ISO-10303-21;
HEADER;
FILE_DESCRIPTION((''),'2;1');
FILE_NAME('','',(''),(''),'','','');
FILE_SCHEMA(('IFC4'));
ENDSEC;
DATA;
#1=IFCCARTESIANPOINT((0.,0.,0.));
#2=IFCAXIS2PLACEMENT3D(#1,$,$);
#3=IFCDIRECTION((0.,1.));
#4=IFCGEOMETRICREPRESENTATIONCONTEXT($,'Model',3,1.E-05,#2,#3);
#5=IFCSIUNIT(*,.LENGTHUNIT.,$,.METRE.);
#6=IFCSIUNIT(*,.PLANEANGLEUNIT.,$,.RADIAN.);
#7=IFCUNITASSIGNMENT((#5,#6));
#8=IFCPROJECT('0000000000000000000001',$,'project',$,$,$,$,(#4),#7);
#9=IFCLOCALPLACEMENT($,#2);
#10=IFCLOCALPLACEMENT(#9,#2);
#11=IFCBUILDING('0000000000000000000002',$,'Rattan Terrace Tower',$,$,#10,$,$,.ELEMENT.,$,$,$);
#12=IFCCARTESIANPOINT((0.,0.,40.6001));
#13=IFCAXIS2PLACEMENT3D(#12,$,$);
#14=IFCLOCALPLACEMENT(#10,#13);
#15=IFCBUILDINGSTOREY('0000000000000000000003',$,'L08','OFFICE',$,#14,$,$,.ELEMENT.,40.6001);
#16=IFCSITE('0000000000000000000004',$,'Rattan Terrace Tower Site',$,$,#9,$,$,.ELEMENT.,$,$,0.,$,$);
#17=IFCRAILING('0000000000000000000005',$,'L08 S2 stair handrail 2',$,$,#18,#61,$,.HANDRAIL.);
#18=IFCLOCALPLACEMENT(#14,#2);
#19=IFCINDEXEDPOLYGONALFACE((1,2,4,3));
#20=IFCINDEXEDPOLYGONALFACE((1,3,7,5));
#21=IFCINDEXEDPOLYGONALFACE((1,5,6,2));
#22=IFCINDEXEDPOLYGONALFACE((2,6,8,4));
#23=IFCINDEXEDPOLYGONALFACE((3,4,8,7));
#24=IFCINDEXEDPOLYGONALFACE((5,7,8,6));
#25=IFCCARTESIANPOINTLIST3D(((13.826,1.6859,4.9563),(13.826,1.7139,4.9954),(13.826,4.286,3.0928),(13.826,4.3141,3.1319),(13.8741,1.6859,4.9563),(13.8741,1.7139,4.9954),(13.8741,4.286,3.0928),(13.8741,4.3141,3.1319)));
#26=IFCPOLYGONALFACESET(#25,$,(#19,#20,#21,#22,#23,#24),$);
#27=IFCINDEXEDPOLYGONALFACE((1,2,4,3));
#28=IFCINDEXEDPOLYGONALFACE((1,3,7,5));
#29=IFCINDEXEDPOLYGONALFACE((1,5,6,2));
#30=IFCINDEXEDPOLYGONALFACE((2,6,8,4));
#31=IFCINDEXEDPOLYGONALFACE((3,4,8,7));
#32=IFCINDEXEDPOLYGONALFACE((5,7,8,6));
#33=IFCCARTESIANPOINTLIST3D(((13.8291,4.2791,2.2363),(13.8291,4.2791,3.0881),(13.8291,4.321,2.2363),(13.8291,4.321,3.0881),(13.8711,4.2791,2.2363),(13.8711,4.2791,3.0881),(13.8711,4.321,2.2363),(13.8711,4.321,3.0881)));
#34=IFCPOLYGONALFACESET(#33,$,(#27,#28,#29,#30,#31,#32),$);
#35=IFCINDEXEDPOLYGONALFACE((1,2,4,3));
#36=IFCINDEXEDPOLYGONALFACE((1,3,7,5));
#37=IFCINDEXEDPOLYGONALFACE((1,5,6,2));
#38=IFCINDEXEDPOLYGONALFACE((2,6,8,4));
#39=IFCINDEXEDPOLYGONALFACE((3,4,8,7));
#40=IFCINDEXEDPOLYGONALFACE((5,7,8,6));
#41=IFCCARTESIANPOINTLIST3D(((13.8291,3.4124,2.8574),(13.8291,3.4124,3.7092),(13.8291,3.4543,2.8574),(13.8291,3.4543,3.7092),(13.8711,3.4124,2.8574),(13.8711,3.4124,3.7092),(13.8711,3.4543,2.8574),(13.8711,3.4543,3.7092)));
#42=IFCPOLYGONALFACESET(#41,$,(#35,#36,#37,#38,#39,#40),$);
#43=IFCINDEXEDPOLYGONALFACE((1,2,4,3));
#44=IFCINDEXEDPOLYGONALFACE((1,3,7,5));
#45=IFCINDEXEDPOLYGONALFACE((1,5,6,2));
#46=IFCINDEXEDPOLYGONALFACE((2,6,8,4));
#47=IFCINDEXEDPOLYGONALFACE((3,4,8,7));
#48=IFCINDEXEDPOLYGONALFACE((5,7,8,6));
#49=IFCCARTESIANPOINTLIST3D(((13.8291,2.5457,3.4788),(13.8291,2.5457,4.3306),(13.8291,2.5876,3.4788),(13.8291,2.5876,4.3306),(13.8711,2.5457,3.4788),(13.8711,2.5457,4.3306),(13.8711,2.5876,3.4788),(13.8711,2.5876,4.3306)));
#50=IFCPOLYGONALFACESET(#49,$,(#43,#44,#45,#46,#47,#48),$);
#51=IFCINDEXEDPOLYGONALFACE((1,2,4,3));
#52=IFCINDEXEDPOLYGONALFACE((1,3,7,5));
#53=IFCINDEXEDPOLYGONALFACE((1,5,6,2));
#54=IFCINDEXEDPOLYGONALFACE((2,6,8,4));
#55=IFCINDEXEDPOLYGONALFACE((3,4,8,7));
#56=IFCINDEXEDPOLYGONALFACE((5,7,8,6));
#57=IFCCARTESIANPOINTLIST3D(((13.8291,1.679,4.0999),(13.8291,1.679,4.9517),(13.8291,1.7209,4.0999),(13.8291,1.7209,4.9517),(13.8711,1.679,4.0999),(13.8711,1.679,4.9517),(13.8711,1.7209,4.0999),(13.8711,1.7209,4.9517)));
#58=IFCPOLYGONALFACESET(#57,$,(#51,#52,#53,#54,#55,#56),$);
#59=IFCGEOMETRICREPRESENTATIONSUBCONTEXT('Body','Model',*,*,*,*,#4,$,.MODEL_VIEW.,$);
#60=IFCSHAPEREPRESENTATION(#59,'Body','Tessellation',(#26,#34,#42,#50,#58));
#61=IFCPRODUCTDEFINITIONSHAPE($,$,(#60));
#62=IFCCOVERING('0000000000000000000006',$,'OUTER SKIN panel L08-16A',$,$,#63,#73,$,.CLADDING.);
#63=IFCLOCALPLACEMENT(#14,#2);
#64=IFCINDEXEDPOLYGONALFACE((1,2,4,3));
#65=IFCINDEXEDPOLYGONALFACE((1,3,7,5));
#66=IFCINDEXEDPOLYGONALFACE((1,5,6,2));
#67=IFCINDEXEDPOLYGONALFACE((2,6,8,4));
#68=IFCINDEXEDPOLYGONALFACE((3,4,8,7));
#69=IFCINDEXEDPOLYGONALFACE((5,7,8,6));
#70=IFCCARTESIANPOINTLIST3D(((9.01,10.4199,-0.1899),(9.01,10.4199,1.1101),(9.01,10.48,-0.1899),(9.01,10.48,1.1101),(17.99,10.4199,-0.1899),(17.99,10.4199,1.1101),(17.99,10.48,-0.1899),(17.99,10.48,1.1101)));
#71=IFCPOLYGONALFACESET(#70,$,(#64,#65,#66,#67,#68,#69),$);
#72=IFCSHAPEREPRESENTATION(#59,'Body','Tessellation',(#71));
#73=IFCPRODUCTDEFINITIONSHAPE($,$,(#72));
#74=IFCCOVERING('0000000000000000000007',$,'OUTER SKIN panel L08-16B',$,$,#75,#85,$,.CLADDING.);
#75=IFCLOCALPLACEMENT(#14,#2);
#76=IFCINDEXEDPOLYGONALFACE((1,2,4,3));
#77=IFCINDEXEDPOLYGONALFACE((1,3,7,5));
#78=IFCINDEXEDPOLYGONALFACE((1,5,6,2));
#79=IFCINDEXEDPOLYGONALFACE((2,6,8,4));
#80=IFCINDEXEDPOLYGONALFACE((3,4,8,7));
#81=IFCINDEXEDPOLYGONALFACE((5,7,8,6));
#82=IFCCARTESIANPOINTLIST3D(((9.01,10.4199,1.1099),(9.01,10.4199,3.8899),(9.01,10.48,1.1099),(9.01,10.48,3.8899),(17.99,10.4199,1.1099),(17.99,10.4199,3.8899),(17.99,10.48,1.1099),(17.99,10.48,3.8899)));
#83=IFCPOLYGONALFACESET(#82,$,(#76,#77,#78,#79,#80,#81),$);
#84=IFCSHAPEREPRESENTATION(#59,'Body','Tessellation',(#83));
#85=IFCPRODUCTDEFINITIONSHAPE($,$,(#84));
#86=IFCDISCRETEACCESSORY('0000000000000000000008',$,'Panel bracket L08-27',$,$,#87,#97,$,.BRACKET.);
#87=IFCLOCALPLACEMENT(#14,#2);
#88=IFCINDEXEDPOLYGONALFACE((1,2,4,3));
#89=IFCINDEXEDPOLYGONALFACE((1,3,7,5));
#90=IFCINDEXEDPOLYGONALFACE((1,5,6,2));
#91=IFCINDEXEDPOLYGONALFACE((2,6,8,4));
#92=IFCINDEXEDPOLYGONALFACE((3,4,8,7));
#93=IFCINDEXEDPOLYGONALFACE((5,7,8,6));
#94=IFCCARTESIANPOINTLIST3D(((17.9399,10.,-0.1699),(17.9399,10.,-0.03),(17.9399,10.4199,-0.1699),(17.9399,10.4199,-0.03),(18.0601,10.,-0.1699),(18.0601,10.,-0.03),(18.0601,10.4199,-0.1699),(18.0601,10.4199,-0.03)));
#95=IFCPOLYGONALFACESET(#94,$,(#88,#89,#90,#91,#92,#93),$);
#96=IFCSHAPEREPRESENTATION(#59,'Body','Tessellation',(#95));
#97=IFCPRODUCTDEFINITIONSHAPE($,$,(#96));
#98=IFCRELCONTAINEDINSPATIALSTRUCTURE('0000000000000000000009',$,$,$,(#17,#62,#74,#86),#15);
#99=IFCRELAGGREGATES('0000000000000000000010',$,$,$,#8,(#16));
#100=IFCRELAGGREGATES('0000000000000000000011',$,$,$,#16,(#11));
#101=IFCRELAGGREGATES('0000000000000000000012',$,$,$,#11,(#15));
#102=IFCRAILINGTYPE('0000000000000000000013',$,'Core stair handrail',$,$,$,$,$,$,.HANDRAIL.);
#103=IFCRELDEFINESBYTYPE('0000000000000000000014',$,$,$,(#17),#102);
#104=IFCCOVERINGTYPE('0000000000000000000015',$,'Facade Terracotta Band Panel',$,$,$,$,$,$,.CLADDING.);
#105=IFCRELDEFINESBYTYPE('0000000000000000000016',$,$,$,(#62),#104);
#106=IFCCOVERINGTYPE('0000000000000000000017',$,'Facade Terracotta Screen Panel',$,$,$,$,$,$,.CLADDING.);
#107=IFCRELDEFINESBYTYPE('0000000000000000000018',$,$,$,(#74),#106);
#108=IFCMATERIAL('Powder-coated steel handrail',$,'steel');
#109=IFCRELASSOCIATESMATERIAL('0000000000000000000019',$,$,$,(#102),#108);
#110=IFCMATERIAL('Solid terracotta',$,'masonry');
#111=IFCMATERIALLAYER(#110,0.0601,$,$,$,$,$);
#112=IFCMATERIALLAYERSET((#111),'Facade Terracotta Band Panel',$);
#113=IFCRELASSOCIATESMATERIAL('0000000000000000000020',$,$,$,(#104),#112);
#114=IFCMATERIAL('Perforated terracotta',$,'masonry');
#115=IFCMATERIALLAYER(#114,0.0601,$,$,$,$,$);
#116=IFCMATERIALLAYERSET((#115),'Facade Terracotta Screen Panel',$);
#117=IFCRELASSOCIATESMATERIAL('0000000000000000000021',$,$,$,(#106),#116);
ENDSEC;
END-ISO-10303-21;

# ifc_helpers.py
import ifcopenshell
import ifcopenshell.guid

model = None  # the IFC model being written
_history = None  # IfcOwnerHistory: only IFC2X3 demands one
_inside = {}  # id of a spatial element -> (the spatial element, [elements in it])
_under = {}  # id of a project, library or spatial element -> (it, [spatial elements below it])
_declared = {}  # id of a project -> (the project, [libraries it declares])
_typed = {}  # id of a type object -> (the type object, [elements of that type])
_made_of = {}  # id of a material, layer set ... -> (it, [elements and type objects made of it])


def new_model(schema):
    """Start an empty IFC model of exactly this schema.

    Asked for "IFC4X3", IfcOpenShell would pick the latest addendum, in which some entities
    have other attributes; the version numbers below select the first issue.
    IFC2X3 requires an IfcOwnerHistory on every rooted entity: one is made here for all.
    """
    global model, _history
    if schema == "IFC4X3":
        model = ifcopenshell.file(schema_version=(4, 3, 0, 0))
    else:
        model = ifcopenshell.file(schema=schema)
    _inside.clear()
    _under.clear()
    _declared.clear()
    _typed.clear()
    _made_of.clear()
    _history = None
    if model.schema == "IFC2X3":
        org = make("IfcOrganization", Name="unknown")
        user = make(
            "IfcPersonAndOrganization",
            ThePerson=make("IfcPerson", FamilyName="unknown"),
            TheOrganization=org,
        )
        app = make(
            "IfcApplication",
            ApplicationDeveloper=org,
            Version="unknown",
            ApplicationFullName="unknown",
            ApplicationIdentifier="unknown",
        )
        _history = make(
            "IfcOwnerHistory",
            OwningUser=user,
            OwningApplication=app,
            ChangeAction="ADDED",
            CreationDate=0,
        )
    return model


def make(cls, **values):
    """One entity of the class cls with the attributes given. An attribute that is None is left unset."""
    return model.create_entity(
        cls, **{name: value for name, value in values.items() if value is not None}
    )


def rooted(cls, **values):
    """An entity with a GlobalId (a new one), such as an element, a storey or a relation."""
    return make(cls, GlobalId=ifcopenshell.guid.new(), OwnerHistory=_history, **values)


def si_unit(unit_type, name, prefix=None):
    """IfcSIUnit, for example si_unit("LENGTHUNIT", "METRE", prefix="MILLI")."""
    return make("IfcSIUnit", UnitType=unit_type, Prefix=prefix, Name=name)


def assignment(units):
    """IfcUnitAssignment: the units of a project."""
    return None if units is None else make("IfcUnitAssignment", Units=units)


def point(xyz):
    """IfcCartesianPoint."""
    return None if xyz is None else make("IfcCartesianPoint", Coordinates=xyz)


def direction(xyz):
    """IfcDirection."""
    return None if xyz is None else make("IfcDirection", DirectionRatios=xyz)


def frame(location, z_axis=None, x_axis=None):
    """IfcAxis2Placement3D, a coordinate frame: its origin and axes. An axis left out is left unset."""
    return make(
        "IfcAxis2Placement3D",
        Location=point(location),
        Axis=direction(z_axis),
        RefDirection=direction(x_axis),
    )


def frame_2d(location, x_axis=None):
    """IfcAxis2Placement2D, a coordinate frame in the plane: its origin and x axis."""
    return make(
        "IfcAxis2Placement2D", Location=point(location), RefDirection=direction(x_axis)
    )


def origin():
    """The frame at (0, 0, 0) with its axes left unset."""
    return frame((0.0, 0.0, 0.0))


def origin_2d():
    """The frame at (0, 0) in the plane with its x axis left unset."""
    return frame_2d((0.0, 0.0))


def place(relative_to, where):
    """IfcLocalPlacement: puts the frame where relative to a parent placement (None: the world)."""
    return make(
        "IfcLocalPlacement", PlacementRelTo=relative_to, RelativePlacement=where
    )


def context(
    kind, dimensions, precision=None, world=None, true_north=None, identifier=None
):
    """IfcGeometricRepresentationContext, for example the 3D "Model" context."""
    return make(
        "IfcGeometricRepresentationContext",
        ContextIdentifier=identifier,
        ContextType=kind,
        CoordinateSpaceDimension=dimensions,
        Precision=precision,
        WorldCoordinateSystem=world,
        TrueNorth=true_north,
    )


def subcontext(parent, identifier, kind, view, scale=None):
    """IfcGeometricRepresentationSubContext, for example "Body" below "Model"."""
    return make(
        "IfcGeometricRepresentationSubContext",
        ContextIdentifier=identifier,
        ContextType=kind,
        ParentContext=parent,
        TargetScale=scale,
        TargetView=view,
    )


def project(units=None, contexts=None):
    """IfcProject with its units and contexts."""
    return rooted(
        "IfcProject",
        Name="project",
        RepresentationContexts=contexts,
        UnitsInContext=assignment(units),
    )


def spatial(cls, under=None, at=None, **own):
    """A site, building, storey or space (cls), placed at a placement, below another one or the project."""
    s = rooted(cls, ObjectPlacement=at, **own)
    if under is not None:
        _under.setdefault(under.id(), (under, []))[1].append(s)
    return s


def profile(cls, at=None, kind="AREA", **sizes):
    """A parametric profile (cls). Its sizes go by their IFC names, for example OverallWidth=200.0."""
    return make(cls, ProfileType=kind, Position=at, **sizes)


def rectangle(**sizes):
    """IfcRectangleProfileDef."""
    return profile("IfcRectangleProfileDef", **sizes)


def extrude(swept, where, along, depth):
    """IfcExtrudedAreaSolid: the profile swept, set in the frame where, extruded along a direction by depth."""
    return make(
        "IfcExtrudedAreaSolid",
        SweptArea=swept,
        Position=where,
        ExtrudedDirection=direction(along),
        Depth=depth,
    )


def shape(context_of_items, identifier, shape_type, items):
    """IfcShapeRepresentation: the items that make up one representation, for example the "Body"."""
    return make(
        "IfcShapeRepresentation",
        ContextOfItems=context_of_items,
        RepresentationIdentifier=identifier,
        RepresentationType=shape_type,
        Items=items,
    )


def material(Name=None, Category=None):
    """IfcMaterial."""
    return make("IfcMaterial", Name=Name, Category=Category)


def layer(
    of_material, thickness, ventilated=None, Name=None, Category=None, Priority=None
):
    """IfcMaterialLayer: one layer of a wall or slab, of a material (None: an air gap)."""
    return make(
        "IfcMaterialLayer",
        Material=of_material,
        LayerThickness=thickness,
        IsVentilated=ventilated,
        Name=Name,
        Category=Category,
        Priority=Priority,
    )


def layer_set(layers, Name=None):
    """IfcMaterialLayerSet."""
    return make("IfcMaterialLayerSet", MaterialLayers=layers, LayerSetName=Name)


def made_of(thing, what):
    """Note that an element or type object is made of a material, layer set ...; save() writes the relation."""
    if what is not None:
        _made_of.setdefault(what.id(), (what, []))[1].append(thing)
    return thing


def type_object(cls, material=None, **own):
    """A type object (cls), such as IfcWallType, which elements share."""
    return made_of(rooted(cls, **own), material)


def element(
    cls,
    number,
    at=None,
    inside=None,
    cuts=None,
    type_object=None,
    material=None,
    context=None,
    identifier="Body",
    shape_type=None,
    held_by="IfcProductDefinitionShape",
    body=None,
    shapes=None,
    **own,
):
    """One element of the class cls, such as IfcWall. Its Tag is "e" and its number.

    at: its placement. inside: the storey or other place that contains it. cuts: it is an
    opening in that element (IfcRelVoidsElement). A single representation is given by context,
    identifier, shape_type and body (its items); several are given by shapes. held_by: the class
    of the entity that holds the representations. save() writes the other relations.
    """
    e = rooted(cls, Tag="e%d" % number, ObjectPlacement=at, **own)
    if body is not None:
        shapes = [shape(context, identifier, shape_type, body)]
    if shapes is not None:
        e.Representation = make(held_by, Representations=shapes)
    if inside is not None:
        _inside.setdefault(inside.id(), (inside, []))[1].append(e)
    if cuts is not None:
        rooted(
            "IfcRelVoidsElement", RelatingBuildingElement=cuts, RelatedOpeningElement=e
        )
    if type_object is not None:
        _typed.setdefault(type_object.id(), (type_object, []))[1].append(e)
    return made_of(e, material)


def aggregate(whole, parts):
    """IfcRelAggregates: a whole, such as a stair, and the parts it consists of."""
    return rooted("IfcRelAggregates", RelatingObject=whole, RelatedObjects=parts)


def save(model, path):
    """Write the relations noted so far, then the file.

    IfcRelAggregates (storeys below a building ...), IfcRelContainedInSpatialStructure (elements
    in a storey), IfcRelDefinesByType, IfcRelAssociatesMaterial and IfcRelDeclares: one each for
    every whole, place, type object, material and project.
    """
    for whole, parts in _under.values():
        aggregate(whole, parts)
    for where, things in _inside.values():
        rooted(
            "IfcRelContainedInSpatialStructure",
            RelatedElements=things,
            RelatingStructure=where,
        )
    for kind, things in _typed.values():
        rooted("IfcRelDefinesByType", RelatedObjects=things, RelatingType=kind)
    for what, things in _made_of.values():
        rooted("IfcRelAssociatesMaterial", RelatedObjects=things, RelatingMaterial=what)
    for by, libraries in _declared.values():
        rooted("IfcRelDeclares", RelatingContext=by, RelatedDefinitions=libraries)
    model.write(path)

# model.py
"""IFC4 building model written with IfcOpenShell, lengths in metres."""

from ifc_helpers import new_model, si_unit, direction, frame, origin, origin_2d, place, context, subcontext, project, spatial, rectangle, extrude, material, layer, layer_set, type_object, element, save


model = new_model("IFC4")

# Units and contexts
model_context = context("Model", 3, precision=1e-05, world=origin(), true_north=direction((0.0, 1.0)))
body_context = subcontext(model_context, "Body", "Model", "MODEL_VIEW")
ifc_project = project(units=[si_unit("LENGTHUNIT", "METRE"), si_unit("PLANEANGLEUNIT", "RADIAN")], contexts=[model_context])

# Site, building, storey
site_placement = place(None, origin())
site = spatial("IfcSite", under=ifc_project, at=site_placement, Name="Rattan Terrace Tower Site", CompositionType="ELEMENT", RefElevation=0.0)
building_placement = place(site_placement, origin())
building = spatial("IfcBuilding", under=site, at=building_placement, Name="Rattan Terrace Tower", CompositionType="ELEMENT")
storey_placement = place(building_placement, frame((0.0, 0.0, 40.6001)))
storey = spatial("IfcBuildingStorey", under=building, at=storey_placement, Name="L08", Description="OFFICE", CompositionType="ELEMENT", Elevation=40.6001)

# Railing
ifc_material_1 = material(Name="Powder-coated steel handrail", Category="steel")
railing_type_1 = type_object("IfcRailingType", Name="Core stair handrail", PredefinedType="HANDRAIL", material=ifc_material_1)
railing_1_placement = place(storey_placement, frame((13.8501, 4.3, 2.2363)))
element("IfcRailing", 1, at=railing_1_placement, inside=storey, type_object=railing_type_1, Name="L08 S2 stair handrail 2", PredefinedType="HANDRAIL", context=body_context, shape_type="SweptSolid", body=[
    extrude(rectangle(XDim=0.0481, YDim=0.0481, at=origin_2d()), frame((0.0, 0.0, 0.876), z_axis=(0.0, -0.812799, 0.582544), x_axis=(1.0, 0.0, 0.0)), (0.0, 0.0, 1.0), 3.199),
    extrude(rectangle(XDim=0.042, YDim=0.042, at=origin_2d()), origin(), (0.0, 0.0, 1.0), 0.8518),
    extrude(rectangle(XDim=0.042, YDim=0.042, at=origin_2d()), frame((0.0, -0.8667, 0.6211)), (0.0, 0.0, 1.0), 0.8518),
    extrude(rectangle(XDim=0.042, YDim=0.042, at=origin_2d()), frame((0.0, -1.7334, 1.2424)), (0.0, 0.0, 1.0), 0.8518),
    extrude(rectangle(XDim=0.042, YDim=0.042, at=origin_2d()), frame((0.0, -2.6001, 1.8635)), (0.0, 0.0, 1.0), 0.8518),
])

# Coverings
ifc_material_2 = material(Name="Solid terracotta", Category="masonry")
ifc_layer_1 = layer(ifc_material_2, 0.0601)
ifc_layer_set_1 = layer_set([ifc_layer_1], Name="Facade Terracotta Band Panel")
covering_type_1 = type_object("IfcCoveringType", Name="Facade Terracotta Band Panel", PredefinedType="CLADDING", material=ifc_layer_set_1)
covering_1_placement = place(storey_placement, frame((13.5, 10.45, -0.1899), z_axis=(0.0, 0.0, 1.0), x_axis=(-1.0, 0.0, 0.0)))
element("IfcCovering", 2, at=covering_1_placement, inside=storey, type_object=covering_type_1, Name="OUTER SKIN panel L08-16A", PredefinedType="CLADDING", context=body_context, shape_type="SweptSolid", body=[
    extrude(rectangle(XDim=8.98, YDim=0.0601, at=origin_2d()), origin(), (0.0, 0.0, 1.0), 1.3),
])
ifc_material_3 = material(Name="Perforated terracotta", Category="masonry")
ifc_layer_2 = layer(ifc_material_3, 0.0601)
ifc_layer_set_2 = layer_set([ifc_layer_2], Name="Facade Terracotta Screen Panel")
covering_type_2 = type_object("IfcCoveringType", Name="Facade Terracotta Screen Panel", PredefinedType="CLADDING", material=ifc_layer_set_2)
covering_2_placement = place(storey_placement, frame((13.5, 10.45, 1.1099), z_axis=(0.0, 0.0, 1.0), x_axis=(-1.0, 0.0, 0.0)))
element("IfcCovering", 3, at=covering_2_placement, inside=storey, type_object=covering_type_2, Name="OUTER SKIN panel L08-16B", PredefinedType="CLADDING", context=body_context, shape_type="SweptSolid", body=[
    extrude(rectangle(XDim=8.98, YDim=0.0601, at=origin_2d()), origin(), (0.0, 0.0, 1.0), 2.78),
])

# Discrete accessory
discrete_accessory_placement = place(storey_placement, frame((18.0, 10.21, -0.1699), z_axis=(0.0, 0.0, 1.0), x_axis=(-1.0, 0.0, 0.0)))
element("IfcDiscreteAccessory", 4, at=discrete_accessory_placement, inside=storey, Name="Panel bracket L08-27", PredefinedType="BRACKET", context=body_context, shape_type="SweptSolid", body=[
    extrude(rectangle(XDim=0.1201, YDim=0.4199, at=origin_2d()), origin(), (0.0, 0.0, 1.0), 0.1399),
])

save(model, "model.ifc")
